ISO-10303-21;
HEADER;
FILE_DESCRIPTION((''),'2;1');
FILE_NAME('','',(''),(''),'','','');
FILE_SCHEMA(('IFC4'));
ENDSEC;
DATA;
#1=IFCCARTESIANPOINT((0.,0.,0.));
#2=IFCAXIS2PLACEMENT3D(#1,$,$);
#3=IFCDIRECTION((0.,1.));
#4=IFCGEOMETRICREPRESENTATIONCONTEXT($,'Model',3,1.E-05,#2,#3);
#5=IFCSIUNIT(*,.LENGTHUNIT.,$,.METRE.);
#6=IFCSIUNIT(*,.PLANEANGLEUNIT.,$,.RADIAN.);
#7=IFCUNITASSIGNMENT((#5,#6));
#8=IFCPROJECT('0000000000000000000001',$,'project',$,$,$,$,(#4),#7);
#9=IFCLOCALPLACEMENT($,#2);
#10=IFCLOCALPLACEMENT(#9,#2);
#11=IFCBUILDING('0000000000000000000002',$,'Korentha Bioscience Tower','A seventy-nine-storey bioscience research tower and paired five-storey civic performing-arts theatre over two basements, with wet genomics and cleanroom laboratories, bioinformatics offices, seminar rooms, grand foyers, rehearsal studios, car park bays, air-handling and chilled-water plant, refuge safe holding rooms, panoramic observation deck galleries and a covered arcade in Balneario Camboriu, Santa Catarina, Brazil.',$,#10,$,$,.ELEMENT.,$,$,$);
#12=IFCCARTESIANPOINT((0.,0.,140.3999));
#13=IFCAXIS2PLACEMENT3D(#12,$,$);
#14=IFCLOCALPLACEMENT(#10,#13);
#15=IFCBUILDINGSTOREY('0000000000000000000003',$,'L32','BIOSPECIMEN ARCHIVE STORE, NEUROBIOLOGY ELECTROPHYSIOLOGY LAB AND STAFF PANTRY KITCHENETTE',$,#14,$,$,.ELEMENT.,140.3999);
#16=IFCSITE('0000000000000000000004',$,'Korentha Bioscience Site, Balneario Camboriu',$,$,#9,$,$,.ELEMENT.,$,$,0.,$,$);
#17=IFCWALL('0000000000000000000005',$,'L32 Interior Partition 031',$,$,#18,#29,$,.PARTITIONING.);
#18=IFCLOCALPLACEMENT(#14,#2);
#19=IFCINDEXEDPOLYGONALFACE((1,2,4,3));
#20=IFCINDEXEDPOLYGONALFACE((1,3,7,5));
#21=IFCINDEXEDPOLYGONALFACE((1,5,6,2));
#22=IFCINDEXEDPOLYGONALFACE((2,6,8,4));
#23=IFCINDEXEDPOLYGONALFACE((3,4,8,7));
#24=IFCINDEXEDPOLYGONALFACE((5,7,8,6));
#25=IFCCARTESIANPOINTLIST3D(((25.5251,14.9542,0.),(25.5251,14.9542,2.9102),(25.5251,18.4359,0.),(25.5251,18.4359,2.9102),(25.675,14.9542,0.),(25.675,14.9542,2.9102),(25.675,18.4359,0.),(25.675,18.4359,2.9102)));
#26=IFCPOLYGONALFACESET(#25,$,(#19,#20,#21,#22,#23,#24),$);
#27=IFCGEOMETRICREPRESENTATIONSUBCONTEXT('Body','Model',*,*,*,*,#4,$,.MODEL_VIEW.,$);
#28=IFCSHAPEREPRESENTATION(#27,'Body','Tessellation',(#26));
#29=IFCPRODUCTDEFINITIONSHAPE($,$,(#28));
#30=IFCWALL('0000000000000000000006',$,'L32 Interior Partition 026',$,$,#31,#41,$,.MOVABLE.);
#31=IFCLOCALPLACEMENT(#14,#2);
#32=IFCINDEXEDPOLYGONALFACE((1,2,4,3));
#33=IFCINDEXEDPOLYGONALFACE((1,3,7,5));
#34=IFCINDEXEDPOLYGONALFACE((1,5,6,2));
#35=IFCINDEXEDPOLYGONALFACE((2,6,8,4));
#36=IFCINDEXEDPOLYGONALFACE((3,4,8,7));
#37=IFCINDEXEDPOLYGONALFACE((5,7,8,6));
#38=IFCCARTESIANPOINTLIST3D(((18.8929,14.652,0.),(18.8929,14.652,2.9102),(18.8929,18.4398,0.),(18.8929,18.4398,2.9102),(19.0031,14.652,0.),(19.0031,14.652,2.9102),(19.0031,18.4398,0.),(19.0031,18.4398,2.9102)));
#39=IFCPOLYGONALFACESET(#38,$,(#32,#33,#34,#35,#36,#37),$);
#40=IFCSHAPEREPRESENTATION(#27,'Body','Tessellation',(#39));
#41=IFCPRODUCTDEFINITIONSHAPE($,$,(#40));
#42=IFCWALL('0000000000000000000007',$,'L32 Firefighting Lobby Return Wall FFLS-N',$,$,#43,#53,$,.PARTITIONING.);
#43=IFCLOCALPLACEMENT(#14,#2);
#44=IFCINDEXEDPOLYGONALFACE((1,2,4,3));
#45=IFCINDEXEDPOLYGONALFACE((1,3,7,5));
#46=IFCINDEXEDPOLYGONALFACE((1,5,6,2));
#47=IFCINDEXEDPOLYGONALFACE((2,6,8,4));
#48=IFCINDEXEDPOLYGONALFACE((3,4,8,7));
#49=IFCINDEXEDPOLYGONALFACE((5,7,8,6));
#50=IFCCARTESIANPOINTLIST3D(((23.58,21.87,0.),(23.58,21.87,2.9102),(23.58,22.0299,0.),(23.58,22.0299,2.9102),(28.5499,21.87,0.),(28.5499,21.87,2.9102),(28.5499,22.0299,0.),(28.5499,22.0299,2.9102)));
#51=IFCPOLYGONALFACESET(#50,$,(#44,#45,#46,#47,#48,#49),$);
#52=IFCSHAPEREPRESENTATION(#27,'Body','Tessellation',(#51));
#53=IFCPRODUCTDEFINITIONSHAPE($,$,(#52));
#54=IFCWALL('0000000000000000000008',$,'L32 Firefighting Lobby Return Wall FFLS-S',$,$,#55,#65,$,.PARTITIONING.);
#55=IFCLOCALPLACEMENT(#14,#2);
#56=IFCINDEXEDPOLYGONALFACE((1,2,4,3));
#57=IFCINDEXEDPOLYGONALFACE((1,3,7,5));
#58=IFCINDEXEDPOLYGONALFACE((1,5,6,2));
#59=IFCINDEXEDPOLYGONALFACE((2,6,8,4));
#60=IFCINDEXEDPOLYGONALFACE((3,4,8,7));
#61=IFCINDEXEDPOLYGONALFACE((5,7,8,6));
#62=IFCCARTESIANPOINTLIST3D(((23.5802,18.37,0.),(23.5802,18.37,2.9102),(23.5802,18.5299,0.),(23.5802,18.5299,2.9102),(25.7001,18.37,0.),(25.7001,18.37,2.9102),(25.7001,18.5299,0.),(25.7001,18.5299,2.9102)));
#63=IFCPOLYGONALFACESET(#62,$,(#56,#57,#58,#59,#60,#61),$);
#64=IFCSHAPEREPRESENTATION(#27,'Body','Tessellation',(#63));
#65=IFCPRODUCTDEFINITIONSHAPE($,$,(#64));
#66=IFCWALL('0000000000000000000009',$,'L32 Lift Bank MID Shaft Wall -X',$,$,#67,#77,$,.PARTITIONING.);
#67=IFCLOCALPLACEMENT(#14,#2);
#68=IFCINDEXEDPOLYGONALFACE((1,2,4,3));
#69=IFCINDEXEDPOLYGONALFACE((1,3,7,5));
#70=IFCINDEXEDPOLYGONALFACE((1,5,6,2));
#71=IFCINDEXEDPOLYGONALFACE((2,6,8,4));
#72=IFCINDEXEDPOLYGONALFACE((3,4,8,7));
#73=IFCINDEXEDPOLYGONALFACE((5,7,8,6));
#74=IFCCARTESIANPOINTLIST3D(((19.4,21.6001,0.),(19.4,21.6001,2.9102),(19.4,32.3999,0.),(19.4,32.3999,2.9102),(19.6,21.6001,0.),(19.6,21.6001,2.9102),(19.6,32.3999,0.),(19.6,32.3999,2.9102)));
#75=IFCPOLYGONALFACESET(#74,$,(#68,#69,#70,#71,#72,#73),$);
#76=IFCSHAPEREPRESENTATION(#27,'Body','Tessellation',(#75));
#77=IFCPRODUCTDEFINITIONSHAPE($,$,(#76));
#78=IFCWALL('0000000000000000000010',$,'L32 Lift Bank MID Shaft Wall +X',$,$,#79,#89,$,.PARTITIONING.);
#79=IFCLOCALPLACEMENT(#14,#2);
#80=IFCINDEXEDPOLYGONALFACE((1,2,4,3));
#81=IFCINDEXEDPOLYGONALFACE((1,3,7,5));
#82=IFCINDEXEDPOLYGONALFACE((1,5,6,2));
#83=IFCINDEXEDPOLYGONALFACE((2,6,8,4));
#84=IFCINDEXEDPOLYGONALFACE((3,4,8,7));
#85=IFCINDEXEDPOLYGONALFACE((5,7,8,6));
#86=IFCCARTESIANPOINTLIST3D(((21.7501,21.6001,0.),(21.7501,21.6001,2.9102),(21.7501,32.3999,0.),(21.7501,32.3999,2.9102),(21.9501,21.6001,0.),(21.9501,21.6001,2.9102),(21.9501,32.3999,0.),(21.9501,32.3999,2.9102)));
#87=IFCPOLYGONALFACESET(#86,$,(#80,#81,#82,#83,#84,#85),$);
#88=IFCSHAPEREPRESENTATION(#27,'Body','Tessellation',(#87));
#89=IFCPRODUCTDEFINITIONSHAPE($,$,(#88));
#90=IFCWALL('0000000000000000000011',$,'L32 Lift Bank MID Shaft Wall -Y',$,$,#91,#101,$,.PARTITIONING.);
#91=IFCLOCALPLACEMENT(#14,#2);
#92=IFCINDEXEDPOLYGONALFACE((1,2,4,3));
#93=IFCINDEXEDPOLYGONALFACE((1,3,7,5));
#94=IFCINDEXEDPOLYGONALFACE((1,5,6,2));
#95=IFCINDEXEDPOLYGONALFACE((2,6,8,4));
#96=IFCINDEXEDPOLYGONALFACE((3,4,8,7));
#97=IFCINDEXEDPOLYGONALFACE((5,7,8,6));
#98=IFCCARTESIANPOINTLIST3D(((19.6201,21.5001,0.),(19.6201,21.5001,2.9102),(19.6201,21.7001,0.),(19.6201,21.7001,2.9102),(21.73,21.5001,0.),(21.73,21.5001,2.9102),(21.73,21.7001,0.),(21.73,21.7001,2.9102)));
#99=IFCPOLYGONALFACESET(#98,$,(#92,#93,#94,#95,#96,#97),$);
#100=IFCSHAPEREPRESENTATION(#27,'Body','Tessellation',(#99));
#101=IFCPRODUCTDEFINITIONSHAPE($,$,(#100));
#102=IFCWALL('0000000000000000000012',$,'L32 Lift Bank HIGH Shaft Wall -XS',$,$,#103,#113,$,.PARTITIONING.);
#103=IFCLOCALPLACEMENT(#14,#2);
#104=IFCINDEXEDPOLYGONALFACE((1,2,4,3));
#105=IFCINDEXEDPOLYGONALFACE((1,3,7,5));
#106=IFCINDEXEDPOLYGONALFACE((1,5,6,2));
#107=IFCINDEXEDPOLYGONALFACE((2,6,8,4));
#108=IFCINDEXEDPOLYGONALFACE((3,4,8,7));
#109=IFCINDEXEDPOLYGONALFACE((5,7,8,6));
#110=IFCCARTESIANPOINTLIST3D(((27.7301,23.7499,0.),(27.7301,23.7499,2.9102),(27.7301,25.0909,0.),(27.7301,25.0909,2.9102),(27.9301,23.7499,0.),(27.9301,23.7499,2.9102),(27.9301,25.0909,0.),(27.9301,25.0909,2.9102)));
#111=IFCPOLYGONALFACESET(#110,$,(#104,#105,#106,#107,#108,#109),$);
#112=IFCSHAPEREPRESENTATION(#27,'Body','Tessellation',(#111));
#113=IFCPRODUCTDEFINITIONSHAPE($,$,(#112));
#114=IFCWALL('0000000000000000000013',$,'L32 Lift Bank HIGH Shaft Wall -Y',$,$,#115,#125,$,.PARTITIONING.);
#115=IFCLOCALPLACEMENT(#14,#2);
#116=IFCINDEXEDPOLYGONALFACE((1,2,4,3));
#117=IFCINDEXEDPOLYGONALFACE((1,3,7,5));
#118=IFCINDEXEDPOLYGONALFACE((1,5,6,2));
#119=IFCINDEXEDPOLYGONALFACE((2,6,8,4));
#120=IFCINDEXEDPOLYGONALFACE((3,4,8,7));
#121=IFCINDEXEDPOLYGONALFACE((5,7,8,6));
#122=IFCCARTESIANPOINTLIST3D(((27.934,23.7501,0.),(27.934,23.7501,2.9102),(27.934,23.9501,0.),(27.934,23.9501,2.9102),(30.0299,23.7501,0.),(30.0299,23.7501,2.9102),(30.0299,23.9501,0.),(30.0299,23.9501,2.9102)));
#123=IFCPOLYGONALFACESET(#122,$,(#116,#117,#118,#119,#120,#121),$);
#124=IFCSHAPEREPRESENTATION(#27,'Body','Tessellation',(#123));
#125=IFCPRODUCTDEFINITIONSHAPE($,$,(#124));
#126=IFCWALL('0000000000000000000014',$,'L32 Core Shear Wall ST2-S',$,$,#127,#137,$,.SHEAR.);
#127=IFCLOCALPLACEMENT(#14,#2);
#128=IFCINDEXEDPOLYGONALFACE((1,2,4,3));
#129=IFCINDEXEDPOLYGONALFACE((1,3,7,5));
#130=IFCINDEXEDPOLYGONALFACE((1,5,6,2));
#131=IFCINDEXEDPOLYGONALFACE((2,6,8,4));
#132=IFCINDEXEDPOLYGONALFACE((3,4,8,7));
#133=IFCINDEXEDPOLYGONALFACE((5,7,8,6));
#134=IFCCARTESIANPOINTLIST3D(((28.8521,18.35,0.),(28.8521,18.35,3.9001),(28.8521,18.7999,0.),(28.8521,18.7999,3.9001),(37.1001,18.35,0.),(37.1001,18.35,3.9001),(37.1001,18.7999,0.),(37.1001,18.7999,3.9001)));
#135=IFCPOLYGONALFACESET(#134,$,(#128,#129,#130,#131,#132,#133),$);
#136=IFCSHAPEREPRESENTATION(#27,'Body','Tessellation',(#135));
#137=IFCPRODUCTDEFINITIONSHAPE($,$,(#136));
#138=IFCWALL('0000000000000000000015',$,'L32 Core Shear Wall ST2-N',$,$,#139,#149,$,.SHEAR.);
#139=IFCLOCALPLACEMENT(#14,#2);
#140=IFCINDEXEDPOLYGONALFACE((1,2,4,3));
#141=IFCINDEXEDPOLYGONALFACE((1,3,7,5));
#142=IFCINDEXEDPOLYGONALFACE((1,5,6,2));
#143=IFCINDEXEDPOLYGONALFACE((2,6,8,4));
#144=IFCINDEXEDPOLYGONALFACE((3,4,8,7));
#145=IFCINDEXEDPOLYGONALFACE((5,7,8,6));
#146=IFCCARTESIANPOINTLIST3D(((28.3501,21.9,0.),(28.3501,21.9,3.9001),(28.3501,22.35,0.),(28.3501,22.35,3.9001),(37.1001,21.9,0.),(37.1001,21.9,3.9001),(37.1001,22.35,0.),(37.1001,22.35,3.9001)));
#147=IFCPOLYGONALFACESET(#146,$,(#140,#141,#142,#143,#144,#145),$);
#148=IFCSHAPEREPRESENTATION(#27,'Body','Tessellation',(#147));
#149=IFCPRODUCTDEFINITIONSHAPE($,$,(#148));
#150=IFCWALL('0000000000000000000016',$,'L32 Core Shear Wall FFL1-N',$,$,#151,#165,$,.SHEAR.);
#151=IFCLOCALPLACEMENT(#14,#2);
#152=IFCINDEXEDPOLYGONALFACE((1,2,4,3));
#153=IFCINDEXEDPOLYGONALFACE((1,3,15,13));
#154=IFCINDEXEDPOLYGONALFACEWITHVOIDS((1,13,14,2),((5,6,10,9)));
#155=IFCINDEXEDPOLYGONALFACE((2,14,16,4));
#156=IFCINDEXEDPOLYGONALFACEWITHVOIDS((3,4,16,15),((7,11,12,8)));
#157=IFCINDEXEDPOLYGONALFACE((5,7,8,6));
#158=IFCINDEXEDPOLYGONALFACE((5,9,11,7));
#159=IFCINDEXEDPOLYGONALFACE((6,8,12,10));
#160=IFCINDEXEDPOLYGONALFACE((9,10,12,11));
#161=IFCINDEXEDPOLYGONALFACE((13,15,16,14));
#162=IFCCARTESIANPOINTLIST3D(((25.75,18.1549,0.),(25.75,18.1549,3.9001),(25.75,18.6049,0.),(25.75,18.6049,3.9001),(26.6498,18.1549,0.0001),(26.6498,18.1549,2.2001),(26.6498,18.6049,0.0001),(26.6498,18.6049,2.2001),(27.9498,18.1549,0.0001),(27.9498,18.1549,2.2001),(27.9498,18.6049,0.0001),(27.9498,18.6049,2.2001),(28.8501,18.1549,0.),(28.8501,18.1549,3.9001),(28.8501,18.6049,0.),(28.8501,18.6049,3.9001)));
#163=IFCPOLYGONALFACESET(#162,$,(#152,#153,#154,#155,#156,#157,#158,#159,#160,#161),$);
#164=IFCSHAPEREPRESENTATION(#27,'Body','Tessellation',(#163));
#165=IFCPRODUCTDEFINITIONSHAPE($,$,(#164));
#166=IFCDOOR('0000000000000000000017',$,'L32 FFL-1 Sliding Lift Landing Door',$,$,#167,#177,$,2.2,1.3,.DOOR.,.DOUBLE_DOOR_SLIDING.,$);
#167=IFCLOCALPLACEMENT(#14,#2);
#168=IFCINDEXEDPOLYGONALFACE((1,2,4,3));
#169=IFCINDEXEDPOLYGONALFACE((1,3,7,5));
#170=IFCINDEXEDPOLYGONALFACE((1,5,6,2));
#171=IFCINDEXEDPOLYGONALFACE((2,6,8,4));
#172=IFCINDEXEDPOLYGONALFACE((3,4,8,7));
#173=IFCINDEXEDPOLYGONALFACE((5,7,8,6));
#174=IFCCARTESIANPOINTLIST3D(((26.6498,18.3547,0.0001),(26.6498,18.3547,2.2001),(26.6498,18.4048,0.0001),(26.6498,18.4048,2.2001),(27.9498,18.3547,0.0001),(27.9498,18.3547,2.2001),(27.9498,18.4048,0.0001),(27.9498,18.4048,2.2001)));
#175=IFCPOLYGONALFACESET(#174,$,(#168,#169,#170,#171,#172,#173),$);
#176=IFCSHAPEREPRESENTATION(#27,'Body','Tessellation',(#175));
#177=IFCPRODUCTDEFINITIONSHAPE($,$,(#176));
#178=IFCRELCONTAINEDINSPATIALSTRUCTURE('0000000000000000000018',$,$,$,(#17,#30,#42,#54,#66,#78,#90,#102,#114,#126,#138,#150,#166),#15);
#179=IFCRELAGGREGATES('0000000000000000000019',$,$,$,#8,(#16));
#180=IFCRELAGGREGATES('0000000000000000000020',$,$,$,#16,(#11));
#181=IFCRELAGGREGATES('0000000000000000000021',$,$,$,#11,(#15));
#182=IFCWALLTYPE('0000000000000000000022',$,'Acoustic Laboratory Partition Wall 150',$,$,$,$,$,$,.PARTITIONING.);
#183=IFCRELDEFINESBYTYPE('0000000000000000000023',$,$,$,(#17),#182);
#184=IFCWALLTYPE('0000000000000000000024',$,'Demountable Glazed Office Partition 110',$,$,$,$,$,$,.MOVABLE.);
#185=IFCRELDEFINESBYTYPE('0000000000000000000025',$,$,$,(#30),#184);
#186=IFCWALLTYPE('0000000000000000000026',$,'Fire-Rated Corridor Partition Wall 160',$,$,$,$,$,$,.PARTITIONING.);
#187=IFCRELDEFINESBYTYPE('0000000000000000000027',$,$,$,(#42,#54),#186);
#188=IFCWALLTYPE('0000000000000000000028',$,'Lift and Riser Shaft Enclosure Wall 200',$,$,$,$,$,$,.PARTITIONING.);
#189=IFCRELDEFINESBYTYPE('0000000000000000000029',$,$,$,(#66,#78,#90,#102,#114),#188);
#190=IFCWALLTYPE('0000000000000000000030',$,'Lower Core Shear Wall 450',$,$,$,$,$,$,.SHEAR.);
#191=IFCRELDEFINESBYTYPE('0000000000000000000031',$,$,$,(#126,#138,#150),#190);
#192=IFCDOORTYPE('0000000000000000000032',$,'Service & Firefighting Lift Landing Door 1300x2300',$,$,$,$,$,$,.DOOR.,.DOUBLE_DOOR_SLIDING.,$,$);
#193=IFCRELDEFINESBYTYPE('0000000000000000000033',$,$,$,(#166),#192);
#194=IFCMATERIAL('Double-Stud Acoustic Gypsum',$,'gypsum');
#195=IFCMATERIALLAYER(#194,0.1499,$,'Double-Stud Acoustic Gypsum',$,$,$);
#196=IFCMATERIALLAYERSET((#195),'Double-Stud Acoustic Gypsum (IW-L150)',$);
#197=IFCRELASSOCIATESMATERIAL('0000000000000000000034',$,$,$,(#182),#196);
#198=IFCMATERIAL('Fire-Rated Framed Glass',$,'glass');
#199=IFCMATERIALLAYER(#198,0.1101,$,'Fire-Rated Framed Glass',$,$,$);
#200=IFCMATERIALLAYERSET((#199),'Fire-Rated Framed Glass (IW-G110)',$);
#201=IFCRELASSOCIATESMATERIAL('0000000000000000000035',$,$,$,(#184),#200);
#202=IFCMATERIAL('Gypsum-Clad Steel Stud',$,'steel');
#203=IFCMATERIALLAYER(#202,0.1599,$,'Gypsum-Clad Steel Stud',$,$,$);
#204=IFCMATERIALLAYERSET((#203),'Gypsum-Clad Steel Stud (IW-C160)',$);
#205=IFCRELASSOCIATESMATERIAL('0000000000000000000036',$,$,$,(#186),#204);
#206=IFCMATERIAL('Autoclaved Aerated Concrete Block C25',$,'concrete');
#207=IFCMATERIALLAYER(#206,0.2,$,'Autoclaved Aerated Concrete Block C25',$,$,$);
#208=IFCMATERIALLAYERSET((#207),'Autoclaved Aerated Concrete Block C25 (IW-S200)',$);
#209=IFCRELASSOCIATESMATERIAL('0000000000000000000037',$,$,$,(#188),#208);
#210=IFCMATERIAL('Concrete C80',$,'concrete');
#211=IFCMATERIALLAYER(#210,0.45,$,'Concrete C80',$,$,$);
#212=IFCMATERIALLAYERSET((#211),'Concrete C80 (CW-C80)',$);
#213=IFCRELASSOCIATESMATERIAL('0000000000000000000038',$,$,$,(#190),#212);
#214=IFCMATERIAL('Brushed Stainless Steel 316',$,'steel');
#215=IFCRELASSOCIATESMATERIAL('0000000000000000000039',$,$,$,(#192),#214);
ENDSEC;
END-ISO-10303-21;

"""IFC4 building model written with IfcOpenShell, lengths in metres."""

from ifc_helpers import new_model, si_unit, direction, frame, frame_2d, origin, place, context, subcontext, project, spatial, rectangle, extrude, material, layer, layer_set, type_object, element, fill, save


model = new_model("IFC4")

# Units and contexts
model_context = context("Model", 3, precision=1e-05, world=origin(), true_north=direction((0.0, 1.0)))
body_context = subcontext(model_context, "Body", "Model", "MODEL_VIEW")
ifc_project = project(units=[si_unit("LENGTHUNIT", "METRE"), si_unit("PLANEANGLEUNIT", "RADIAN")], contexts=[model_context])

# Site, building, storey
site_placement = place(None, origin())
site = spatial("IfcSite", under=ifc_project, at=site_placement, Name="Korentha Bioscience Site, Balneario Camboriu", CompositionType="ELEMENT", RefElevation=0.0)
building_placement = place(site_placement, origin())
building = spatial("IfcBuilding", under=site, at=building_placement, Name="Korentha Bioscience Tower", Description="A seventy-nine-storey bioscience research tower and paired five-storey civic performing-arts theatre over two basements, with wet genomics and cleanroom laboratories, bioinformatics offices, seminar rooms, grand foyers, rehearsal studios, car park bays, air-handling and chilled-water plant, refuge safe holding rooms, panoramic observation deck galleries and a covered arcade in Balneario Camboriu, Santa Catarina, Brazil.", CompositionType="ELEMENT")
storey_placement = place(building_placement, frame((0.0, 0.0, 140.3999)))
storey = spatial("IfcBuildingStorey", under=building, at=storey_placement, Name="L32", Description="BIOSPECIMEN ARCHIVE STORE, NEUROBIOLOGY ELECTROPHYSIOLOGY LAB AND STAFF PANTRY KITCHENETTE", CompositionType="ELEMENT", Elevation=140.3999)

# Shared definitions
ifc_material_1 = material(Name="Concrete C80", Category="concrete")

# Shared definitions
ifc_material_2 = material(Name="Double-Stud Acoustic Gypsum", Category="gypsum")
ifc_layer_1 = layer(ifc_material_2, 0.1499, Name="Double-Stud Acoustic Gypsum")
ifc_layer_set_1 = layer_set([ifc_layer_1], Name="Double-Stud Acoustic Gypsum (IW-L150)")
wall_type_1 = type_object("IfcWallType", Name="Acoustic Laboratory Partition Wall 150", PredefinedType="PARTITIONING", material=ifc_layer_set_1)

# Walls
wall_1_placement = place(storey_placement, frame((25.6001, 18.4358, 0.0), z_axis=(0.0, 0.0, 1.0), x_axis=(0.0, -1.0, 0.0)))
element("IfcWall", 1, at=wall_1_placement, inside=storey, type_object=wall_type_1, Name="L32 Interior Partition 031", PredefinedType="PARTITIONING", context=body_context, shape_type="SweptSolid", body=[
    extrude(rectangle(XDim=3.4817, YDim=0.1499, at=frame_2d((1.7407, 0.0))), origin(), (0.0, 0.0, 1.0), 2.9102),
])
ifc_material_3 = material(Name="Fire-Rated Framed Glass", Category="glass")
ifc_layer_2 = layer(ifc_material_3, 0.1101, Name="Fire-Rated Framed Glass")
ifc_layer_set_2 = layer_set([ifc_layer_2], Name="Fire-Rated Framed Glass (IW-G110)")
wall_type_2 = type_object("IfcWallType", Name="Demountable Glazed Office Partition 110", PredefinedType="MOVABLE", material=ifc_layer_set_2)
wall_2_placement = place(storey_placement, frame((18.948, 18.4399, 0.0), z_axis=(0.0, 0.0, 1.0), x_axis=(0.0, -1.0, 0.0)))
element("IfcWall", 2, at=wall_2_placement, inside=storey, type_object=wall_type_2, Name="L32 Interior Partition 026", PredefinedType="MOVABLE", context=body_context, shape_type="SweptSolid", body=[
    extrude(rectangle(XDim=3.7878, YDim=0.1101, at=frame_2d((1.894, 0.0))), origin(), (0.0, 0.0, 1.0), 2.9102),
])

# Shared definitions
ifc_material_4 = material(Name="Gypsum-Clad Steel Stud", Category="steel")
ifc_layer_3 = layer(ifc_material_4, 0.1599, Name="Gypsum-Clad Steel Stud")
ifc_layer_set_3 = layer_set([ifc_layer_3], Name="Gypsum-Clad Steel Stud (IW-C160)")
wall_type_3 = type_object("IfcWallType", Name="Fire-Rated Corridor Partition Wall 160", PredefinedType="PARTITIONING", material=ifc_layer_set_3)

# Walls
wall_3_placement = place(storey_placement, frame((23.5801, 21.95, 0.0), z_axis=(0.0, 0.0, 1.0), x_axis=(1.0, 0.0, 0.0)))
element("IfcWall", 3, at=wall_3_placement, inside=storey, type_object=wall_type_3, Name="L32 Firefighting Lobby Return Wall FFLS-N", PredefinedType="PARTITIONING", context=body_context, shape_type="SweptSolid", body=[
    extrude(rectangle(XDim=4.97, YDim=0.1599, at=frame_2d((2.4849, 0.0))), origin(), (0.0, 0.0, 1.0), 2.9102),
])
wall_4_placement = place(storey_placement, frame((23.5801, 18.45, 0.0), z_axis=(0.0, 0.0, 1.0), x_axis=(1.0, 0.0, 0.0)))
element("IfcWall", 4, at=wall_4_placement, inside=storey, type_object=wall_type_3, Name="L32 Firefighting Lobby Return Wall FFLS-S", PredefinedType="PARTITIONING", context=body_context, shape_type="SweptSolid", body=[
    extrude(rectangle(XDim=2.1199, YDim=0.1599, at=frame_2d((1.0601, 0.0))), origin(), (0.0, 0.0, 1.0), 2.9102),
])
ifc_material_5 = material(Name="Autoclaved Aerated Concrete Block C25", Category="concrete")
ifc_layer_4 = layer(ifc_material_5, 0.2, Name="Autoclaved Aerated Concrete Block C25")
ifc_layer_set_4 = layer_set([ifc_layer_4], Name="Autoclaved Aerated Concrete Block C25 (IW-S200)")
wall_type_4 = type_object("IfcWallType", Name="Lift and Riser Shaft Enclosure Wall 200", PredefinedType="PARTITIONING", material=ifc_layer_set_4)
for number, where, z_axis, x_axis, name in (
    (5, (19.5, 21.6001, 0.0), (0.0, 0.0, 1.0), (0.0, 1.0, 0.0), "L32 Lift Bank MID Shaft Wall -X"),
    (6, (21.8501, 21.6001, 0.0), (0.0, 0.0, 1.0), (0.0, 1.0, 0.0), "L32 Lift Bank MID Shaft Wall +X"),
):
    element("IfcWall", number, at=place(storey_placement, frame(where, z_axis=z_axis, x_axis=x_axis)), inside=storey, type_object=wall_type_4, Name=name, PredefinedType="PARTITIONING", context=body_context, shape_type="SweptSolid", body=[
        extrude(rectangle(XDim=10.7998, YDim=0.2, at=frame_2d((5.3999, 0.0))), origin(), (0.0, 0.0, 1.0), 2.9102),
    ])
wall_5_placement = place(storey_placement, frame((19.6201, 21.6001, 0.0), z_axis=(0.0, 0.0, 1.0), x_axis=(1.0, 0.0, 0.0)))
element("IfcWall", 7, at=wall_5_placement, inside=storey, type_object=wall_type_4, Name="L32 Lift Bank MID Shaft Wall -Y", PredefinedType="PARTITIONING", context=body_context, shape_type="SweptSolid", body=[
    extrude(rectangle(XDim=2.1099, YDim=0.2, at=frame_2d((1.0549, 0.0))), origin(), (0.0, 0.0, 1.0), 2.9102),
])
wall_6_placement = place(storey_placement, frame((27.8301, 23.75, 0.0), z_axis=(0.0, 0.0, 1.0), x_axis=(0.0, 1.0, 0.0)))
element("IfcWall", 8, at=wall_6_placement, inside=storey, type_object=wall_type_4, Name="L32 Lift Bank HIGH Shaft Wall -XS", PredefinedType="PARTITIONING", context=body_context, shape_type="SweptSolid", body=[
    extrude(rectangle(XDim=1.3411, YDim=0.2, at=frame_2d((0.6704, 0.0))), origin(), (0.0, 0.0, 1.0), 2.9102),
])
wall_7_placement = place(storey_placement, frame((27.9341, 23.8501, 0.0), z_axis=(0.0, 0.0, 1.0), x_axis=(1.0, 0.0, 0.0)))
element("IfcWall", 9, at=wall_7_placement, inside=storey, type_object=wall_type_4, Name="L32 Lift Bank HIGH Shaft Wall -Y", PredefinedType="PARTITIONING", context=body_context, shape_type="SweptSolid", body=[
    extrude(rectangle(XDim=2.0959, YDim=0.2, at=frame_2d((1.0479, 0.0))), origin(), (0.0, 0.0, 1.0), 2.9102),
])
ifc_layer_5 = layer(ifc_material_1, 0.45, Name="Concrete C80")
ifc_layer_set_5 = layer_set([ifc_layer_5], Name="Concrete C80 (CW-C80)")
wall_type_5 = type_object("IfcWallType", Name="Lower Core Shear Wall 450", PredefinedType="SHEAR", material=ifc_layer_set_5)
wall_8_placement = place(storey_placement, frame((28.8521, 18.575, 0.0), z_axis=(0.0, 0.0, 1.0), x_axis=(1.0, 0.0, 0.0)))
element("IfcWall", 10, at=wall_8_placement, inside=storey, type_object=wall_type_5, Name="L32 Core Shear Wall ST2-S", PredefinedType="SHEAR", context=body_context, shape_type="SweptSolid", body=[
    extrude(rectangle(XDim=8.248, YDim=0.45, at=frame_2d((4.124, 0.0))), origin(), (0.0, 0.0, 1.0), 3.9001),
])
wall_9_placement = place(storey_placement, frame((28.3501, 22.125, 0.0), z_axis=(0.0, 0.0, 1.0), x_axis=(1.0, 0.0, 0.0)))
element("IfcWall", 11, at=wall_9_placement, inside=storey, type_object=wall_type_5, Name="L32 Core Shear Wall ST2-N", PredefinedType="SHEAR", context=body_context, shape_type="SweptSolid", body=[
    extrude(rectangle(XDim=8.75, YDim=0.45, at=frame_2d((4.375, 0.0))), origin(), (0.0, 0.0, 1.0), 3.9001),
])

# Wall, opening, door
wall_10_placement = place(storey_placement, frame((25.75, 18.3799, 0.0), z_axis=(0.0, 0.0, 1.0), x_axis=(1.0, 0.0, 0.0)))
wall_10 = element("IfcWall", 12, at=wall_10_placement, inside=storey, type_object=wall_type_5, Name="L32 Core Shear Wall FFL1-N", PredefinedType="SHEAR", context=body_context, shape_type="SweptSolid", body=[
    extrude(rectangle(XDim=3.1001, YDim=0.45, at=frame_2d((1.55, 0.0))), origin(), (0.0, 0.0, 1.0), 3.9001),
])
opening_1_placement = place(wall_10_placement, frame((0.8999, 0.0, 0.0)))
opening_1 = element("IfcOpeningElement", 13, at=opening_1_placement, cuts=wall_10, PredefinedType="OPENING", context=body_context, shape_type="SweptSolid", body=[
    extrude(rectangle(XDim=1.3, YDim=2.2, at=frame_2d((0.6499, 1.1001))), frame((0.0, 0.2397, 0.0), z_axis=(0.0, -1.0, 0.0), x_axis=(1.0, 0.0, 0.0)), (0.0, 0.0, 1.0), 0.4797),
])
ifc_material_6 = material(Name="Brushed Stainless Steel 316", Category="steel")
door_type_1 = type_object("IfcDoorType", Name="Service & Firefighting Lift Landing Door 1300x2300", OperationType="DOUBLE_DOOR_SLIDING", PredefinedType="DOOR", material=ifc_material_6)
door_1_placement = place(opening_1_placement, origin())
door_1 = element("IfcDoor", 14, at=door_1_placement, inside=storey, type_object=door_type_1, Name="L32 FFL-1 Sliding Lift Landing Door", OperationType="DOUBLE_DOOR_SLIDING", OverallHeight=2.2, OverallWidth=1.3, PredefinedType="DOOR", context=body_context, shape_type="SweptSolid", body=[
    extrude(rectangle(XDim=1.3, YDim=2.2, at=frame_2d((0.6499, 1.1001))), frame((0.0, 0.0249, 0.0), z_axis=(0.0, -1.0, 0.0), x_axis=(1.0, 0.0, 0.0)), (0.0, 0.0, 1.0), 0.05),
])
fill(opening_1, door_1)

save(model, "model.ifc")
